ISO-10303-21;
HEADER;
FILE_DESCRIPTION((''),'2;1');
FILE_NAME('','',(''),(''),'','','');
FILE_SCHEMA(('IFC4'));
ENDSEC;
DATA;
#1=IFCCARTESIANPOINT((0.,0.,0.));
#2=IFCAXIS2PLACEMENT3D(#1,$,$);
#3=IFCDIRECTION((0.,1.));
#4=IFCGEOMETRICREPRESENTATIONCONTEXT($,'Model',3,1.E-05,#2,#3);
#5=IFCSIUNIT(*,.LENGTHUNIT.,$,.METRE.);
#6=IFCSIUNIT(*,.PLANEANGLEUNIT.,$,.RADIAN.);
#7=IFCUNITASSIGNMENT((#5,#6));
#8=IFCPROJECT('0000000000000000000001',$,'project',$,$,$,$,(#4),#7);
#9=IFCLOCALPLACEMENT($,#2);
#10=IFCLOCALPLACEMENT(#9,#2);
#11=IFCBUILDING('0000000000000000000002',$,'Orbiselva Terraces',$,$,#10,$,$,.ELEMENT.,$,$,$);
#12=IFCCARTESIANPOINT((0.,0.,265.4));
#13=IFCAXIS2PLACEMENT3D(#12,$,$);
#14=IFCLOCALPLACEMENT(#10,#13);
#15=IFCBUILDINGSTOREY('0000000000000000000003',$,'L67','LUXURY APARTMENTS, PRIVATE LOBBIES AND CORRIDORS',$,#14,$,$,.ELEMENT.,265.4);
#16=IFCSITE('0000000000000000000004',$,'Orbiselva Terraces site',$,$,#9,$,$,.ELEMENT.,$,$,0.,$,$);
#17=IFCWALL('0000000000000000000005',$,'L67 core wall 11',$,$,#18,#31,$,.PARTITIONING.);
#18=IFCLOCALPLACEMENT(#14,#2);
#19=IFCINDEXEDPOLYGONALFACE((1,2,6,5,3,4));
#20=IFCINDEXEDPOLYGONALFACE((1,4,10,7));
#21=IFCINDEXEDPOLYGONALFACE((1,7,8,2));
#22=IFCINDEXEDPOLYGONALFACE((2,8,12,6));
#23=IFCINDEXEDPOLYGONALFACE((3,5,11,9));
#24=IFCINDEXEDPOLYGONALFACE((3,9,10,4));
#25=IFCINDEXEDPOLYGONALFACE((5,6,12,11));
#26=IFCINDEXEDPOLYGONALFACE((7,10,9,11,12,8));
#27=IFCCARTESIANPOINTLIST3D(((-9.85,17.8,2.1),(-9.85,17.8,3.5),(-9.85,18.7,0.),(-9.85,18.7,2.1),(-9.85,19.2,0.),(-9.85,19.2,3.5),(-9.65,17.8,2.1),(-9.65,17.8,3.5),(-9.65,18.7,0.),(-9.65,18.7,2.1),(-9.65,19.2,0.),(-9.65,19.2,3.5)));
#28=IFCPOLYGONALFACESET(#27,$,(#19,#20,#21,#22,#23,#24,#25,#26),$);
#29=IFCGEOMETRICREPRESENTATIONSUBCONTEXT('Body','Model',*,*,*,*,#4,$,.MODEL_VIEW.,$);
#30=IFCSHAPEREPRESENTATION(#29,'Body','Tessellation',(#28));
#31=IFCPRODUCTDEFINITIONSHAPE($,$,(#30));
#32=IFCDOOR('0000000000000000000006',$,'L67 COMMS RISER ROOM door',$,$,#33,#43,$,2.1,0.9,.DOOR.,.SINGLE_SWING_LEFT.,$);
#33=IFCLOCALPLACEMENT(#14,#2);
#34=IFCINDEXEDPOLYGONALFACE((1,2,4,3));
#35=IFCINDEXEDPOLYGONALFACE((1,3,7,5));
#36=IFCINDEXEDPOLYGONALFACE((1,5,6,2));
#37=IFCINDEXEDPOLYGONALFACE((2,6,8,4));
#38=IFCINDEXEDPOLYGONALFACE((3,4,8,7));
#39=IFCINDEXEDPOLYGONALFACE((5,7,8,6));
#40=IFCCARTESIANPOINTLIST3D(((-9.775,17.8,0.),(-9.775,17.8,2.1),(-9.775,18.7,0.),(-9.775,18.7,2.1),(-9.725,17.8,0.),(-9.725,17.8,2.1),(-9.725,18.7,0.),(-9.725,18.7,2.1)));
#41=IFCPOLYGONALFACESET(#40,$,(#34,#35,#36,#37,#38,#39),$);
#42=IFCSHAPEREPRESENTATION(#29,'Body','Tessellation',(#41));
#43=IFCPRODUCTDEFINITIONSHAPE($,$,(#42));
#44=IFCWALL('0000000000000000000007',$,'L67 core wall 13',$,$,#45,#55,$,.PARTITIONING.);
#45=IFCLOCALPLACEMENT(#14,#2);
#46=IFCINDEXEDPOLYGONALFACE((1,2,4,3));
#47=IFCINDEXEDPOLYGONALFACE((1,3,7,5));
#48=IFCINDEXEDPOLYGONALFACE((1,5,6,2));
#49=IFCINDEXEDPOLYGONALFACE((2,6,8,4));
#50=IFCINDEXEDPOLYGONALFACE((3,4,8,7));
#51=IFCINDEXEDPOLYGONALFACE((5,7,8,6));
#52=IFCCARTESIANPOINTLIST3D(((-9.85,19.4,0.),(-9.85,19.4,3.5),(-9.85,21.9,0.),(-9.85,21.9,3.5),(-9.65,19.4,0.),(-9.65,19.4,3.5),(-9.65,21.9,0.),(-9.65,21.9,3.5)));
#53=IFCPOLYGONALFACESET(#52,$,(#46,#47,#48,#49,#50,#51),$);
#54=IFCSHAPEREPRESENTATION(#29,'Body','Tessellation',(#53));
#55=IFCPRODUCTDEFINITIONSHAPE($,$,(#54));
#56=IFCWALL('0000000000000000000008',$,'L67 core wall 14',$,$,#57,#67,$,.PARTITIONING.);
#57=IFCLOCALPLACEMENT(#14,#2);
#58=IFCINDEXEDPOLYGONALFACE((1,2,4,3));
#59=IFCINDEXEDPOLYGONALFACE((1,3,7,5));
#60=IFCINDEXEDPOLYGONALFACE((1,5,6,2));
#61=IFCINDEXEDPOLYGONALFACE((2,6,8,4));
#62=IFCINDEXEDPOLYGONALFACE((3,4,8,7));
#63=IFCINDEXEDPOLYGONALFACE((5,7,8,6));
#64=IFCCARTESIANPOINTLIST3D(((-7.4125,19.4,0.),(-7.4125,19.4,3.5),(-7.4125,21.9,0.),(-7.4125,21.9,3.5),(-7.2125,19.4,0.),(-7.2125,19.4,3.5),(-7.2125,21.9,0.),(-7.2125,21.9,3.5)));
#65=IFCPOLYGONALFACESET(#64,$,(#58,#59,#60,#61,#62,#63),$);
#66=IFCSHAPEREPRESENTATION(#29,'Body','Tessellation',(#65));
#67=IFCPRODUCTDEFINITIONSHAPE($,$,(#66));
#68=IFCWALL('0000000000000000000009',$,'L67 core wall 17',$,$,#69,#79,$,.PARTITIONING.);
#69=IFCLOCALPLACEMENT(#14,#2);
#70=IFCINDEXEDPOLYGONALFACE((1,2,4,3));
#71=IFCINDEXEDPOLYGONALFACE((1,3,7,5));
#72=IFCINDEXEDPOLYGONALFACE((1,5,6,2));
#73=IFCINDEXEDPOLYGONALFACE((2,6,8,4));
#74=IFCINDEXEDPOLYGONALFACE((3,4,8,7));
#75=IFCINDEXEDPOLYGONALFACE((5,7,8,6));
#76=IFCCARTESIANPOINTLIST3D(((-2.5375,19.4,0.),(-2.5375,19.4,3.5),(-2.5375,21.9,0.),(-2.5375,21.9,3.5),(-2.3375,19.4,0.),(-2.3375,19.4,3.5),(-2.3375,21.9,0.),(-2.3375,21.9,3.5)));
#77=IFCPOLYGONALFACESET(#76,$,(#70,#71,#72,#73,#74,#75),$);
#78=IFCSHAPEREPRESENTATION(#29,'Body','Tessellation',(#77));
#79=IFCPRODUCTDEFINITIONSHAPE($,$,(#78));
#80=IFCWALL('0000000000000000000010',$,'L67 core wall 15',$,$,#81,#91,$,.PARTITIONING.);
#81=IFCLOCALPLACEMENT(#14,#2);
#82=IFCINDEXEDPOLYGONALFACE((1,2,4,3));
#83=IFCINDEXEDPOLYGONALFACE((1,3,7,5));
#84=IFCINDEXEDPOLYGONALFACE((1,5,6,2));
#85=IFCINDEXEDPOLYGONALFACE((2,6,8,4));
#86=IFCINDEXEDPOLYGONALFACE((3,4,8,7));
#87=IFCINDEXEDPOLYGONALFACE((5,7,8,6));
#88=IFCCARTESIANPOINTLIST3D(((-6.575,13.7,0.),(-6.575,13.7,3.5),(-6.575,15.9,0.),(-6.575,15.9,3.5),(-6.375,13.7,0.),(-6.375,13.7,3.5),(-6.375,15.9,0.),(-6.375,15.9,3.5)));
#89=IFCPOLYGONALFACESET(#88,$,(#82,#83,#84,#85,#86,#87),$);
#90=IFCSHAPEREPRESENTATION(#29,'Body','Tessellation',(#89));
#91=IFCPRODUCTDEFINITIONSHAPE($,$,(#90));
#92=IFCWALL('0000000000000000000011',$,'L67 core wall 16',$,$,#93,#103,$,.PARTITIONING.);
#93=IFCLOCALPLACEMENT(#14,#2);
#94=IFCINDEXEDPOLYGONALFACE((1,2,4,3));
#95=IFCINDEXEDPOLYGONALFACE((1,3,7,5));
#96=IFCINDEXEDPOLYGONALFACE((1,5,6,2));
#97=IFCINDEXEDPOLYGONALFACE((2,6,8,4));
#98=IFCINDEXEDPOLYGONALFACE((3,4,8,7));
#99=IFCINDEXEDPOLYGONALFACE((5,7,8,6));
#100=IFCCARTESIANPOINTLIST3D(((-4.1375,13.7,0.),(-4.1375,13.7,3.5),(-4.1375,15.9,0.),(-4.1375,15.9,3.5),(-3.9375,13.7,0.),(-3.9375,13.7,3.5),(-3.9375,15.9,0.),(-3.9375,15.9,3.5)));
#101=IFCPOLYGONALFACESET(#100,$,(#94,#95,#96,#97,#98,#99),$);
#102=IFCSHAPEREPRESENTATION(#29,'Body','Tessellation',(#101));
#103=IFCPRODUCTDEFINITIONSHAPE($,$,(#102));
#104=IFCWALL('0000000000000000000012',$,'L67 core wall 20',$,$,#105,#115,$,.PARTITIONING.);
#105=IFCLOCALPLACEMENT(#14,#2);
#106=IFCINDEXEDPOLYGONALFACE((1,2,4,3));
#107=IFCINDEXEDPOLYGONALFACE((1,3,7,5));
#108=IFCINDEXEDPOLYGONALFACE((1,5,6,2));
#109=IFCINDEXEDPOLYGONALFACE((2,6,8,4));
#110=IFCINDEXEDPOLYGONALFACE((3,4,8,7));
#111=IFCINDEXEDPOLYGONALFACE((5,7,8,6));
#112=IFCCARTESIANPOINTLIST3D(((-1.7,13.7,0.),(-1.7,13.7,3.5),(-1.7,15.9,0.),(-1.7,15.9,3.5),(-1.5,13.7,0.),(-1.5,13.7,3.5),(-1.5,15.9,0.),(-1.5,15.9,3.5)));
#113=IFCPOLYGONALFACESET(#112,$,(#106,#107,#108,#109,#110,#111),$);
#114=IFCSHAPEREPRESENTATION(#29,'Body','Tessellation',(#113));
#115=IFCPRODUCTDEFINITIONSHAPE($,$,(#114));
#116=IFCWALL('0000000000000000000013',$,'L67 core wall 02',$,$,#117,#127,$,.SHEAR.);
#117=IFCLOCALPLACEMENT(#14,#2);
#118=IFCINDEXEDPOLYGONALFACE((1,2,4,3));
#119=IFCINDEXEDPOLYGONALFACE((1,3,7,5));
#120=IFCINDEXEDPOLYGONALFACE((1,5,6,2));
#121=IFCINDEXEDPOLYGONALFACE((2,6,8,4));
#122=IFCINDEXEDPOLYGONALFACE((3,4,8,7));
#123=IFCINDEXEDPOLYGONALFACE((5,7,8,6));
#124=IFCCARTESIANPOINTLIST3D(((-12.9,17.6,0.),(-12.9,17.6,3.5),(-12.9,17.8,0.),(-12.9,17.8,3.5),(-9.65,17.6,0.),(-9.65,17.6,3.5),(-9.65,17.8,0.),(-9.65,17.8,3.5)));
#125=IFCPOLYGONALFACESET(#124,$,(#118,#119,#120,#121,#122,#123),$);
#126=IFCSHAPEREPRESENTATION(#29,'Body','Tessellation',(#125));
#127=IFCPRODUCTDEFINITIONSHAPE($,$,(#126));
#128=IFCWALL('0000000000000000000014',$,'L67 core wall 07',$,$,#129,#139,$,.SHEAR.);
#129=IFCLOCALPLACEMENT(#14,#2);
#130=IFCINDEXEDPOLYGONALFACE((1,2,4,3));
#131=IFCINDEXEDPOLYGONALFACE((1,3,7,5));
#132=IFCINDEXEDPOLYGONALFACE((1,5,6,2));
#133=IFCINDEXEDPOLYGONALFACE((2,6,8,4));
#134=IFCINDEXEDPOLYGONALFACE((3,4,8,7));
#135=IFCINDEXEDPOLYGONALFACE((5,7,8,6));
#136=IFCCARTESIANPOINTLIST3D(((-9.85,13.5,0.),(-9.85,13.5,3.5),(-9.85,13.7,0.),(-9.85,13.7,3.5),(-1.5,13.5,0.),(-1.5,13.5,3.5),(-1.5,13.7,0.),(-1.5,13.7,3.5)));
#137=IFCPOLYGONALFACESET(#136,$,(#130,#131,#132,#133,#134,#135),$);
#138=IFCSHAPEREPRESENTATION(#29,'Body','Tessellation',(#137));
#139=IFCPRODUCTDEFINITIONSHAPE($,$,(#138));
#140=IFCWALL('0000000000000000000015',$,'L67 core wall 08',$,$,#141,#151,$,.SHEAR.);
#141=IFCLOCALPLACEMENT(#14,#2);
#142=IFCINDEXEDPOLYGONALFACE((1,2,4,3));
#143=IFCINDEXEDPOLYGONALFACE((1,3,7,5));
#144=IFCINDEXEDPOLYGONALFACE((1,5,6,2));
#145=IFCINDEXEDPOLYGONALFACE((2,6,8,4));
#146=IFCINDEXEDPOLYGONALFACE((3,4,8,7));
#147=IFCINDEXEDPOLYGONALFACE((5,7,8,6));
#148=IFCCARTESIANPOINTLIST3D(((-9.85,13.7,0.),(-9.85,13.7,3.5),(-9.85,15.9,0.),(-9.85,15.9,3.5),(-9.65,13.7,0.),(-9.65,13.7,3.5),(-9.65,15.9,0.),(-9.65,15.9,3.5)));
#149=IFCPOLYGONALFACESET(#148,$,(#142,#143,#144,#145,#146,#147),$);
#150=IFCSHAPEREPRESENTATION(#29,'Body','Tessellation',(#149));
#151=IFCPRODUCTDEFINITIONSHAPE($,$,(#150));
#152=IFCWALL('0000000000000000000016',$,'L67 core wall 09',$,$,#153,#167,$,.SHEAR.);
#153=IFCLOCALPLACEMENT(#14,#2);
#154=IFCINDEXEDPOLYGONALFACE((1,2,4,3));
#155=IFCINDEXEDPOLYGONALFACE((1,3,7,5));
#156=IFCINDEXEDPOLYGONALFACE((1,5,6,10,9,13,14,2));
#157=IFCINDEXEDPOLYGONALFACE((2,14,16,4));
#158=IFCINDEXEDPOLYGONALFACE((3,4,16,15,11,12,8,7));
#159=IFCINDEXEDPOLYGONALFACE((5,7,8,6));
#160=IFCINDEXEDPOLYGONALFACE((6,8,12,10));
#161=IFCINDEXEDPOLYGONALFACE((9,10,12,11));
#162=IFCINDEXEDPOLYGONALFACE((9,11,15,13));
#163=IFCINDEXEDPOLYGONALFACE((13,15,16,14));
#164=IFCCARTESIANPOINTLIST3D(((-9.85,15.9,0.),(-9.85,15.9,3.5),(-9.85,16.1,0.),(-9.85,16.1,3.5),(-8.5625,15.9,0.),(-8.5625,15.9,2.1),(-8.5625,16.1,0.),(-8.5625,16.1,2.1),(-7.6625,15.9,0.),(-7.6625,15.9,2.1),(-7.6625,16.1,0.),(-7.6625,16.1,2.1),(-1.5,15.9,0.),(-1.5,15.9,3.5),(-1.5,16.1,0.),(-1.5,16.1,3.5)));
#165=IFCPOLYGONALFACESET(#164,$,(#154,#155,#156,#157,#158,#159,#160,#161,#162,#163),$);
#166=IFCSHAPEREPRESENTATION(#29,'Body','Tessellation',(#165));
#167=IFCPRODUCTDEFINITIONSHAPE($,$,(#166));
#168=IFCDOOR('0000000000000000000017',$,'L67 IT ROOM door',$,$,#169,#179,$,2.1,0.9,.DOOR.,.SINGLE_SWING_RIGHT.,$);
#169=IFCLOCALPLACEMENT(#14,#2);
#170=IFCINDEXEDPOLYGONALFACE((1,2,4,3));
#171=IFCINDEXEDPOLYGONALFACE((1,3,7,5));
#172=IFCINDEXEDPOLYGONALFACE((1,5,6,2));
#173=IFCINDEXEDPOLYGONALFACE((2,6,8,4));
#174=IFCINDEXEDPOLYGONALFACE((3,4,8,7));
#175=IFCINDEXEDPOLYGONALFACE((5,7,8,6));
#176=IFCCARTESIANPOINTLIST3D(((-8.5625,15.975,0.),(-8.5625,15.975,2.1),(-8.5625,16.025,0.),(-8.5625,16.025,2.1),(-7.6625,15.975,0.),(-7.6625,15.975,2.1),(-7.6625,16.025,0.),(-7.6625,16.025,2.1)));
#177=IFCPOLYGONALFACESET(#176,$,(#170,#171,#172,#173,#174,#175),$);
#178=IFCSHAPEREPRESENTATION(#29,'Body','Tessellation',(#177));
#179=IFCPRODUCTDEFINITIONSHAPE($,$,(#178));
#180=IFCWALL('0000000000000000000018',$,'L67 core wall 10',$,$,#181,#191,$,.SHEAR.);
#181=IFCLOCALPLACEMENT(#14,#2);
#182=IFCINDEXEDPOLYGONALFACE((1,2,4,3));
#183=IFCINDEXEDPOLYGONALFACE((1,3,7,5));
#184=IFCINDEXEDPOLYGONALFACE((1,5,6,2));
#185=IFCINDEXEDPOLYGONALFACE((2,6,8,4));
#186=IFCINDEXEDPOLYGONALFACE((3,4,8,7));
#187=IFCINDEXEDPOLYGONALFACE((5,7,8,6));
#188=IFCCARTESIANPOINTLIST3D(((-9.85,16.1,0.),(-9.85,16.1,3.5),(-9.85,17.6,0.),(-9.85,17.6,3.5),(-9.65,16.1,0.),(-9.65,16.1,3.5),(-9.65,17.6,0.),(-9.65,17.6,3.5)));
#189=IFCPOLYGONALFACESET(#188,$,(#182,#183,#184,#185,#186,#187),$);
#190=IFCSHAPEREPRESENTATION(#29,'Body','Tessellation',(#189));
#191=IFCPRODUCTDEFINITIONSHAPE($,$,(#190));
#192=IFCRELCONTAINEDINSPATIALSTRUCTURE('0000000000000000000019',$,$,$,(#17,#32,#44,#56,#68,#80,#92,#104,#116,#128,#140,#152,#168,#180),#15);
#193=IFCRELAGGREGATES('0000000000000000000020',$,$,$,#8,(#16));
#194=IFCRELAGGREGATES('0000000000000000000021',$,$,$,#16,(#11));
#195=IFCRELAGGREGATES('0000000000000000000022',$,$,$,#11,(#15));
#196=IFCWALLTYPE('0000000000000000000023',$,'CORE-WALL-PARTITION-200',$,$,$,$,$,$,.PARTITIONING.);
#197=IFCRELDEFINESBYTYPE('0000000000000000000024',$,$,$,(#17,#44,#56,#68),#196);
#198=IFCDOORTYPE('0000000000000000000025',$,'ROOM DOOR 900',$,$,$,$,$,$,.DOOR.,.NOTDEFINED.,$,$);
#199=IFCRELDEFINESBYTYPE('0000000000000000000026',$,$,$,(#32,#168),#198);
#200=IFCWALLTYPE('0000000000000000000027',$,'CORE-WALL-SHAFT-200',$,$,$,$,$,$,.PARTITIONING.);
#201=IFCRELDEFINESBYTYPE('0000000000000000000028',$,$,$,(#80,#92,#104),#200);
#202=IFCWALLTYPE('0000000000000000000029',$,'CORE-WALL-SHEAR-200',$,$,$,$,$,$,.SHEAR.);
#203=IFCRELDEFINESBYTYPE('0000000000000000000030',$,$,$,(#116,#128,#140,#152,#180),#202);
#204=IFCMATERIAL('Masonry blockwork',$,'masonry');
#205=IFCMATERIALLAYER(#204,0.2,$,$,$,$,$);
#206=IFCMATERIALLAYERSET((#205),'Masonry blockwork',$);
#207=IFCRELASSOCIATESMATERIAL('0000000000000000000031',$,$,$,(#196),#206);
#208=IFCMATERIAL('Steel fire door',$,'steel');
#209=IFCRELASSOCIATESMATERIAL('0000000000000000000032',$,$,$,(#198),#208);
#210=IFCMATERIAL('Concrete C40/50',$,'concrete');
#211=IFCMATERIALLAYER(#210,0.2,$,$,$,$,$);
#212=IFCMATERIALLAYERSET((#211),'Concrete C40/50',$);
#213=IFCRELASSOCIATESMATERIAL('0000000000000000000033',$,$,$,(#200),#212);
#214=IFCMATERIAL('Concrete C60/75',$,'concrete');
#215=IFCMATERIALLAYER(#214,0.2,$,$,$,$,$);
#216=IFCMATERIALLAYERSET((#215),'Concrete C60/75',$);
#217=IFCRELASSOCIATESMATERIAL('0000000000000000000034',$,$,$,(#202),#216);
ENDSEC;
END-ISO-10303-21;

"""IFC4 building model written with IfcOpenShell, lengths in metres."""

from ifc_helpers import new_model, si_unit, direction, frame, frame_2d, origin, place, context, subcontext, project, spatial, rectangle, extrude, material, layer, layer_set, type_object, element, fill, save


model = new_model("IFC4")

# Units and contexts
model_context = context("Model", 3, precision=1e-05, world=origin(), true_north=direction((0.0, 1.0)))
body_context = subcontext(model_context, "Body", "Model", "MODEL_VIEW")
ifc_project = project(units=[si_unit("LENGTHUNIT", "METRE"), si_unit("PLANEANGLEUNIT", "RADIAN")], contexts=[model_context])

# Site, building, storey
site_placement = place(None, origin())
site = spatial("IfcSite", under=ifc_project, at=site_placement, Name="Orbiselva Terraces site", CompositionType="ELEMENT", RefElevation=0.0)
building_placement = place(site_placement, origin())
building = spatial("IfcBuilding", under=site, at=building_placement, Name="Orbiselva Terraces", CompositionType="ELEMENT")
storey_placement = place(building_placement, frame((0.0, 0.0, 265.4)))
storey = spatial("IfcBuildingStorey", under=building, at=storey_placement, Name="L67", Description="LUXURY APARTMENTS, PRIVATE LOBBIES AND CORRIDORS", CompositionType="ELEMENT", Elevation=265.4)

# Wall, opening, door
ifc_material_1 = material(Name="Masonry blockwork", Category="masonry")
ifc_layer_1 = layer(ifc_material_1, 0.2)
ifc_layer_set_1 = layer_set([ifc_layer_1], Name="Masonry blockwork")
wall_type_1 = type_object("IfcWallType", Name="CORE-WALL-PARTITION-200", PredefinedType="PARTITIONING", material=ifc_layer_set_1)
wall_1_placement = place(storey_placement, frame((-9.75, 17.8, 0.0), z_axis=(0.0, 0.0, 1.0), x_axis=(0.0, 1.0, 0.0)))
wall_1 = element("IfcWall", 1, at=wall_1_placement, inside=storey, type_object=wall_type_1, Name="L67 core wall 11", PredefinedType="PARTITIONING", context=body_context, shape_type="SweptSolid", body=[
    extrude(rectangle(XDim=1.4, YDim=0.2, at=frame_2d((0.7, 0.0))), origin(), (0.0, 0.0, 1.0), 3.5),
])
opening_1_placement = place(wall_1_placement, origin())
opening_1 = element("IfcOpeningElement", 2, at=opening_1_placement, cuts=wall_1, PredefinedType="OPENING", context=body_context, shape_type="SweptSolid", body=[
    extrude(rectangle(XDim=0.9, YDim=2.1, at=frame_2d((0.45, 1.05))), frame((0.0, 0.11, 0.0), z_axis=(0.0, -1.0, 0.0), x_axis=(1.0, 0.0, 0.0)), (0.0, 0.0, 1.0), 0.22),
])
ifc_material_2 = material(Name="Steel fire door", Category="steel")
door_type_1 = type_object("IfcDoorType", Name="ROOM DOOR 900", OperationType="NOTDEFINED", PredefinedType="DOOR", material=ifc_material_2)
door_1_placement = place(opening_1_placement, origin())
door_1 = element("IfcDoor", 3, at=door_1_placement, inside=storey, type_object=door_type_1, Name="L67 COMMS RISER ROOM door", OperationType="SINGLE_SWING_LEFT", OverallHeight=2.1, OverallWidth=0.9, PredefinedType="DOOR", context=body_context, shape_type="SweptSolid", body=[
    extrude(rectangle(XDim=0.9, YDim=2.1, at=frame_2d((0.45, 1.05))), frame((0.0, 0.025, 0.0), z_axis=(0.0, -1.0, 0.0), x_axis=(1.0, 0.0, 0.0)), (0.0, 0.0, 1.0), 0.05),
])
fill(opening_1, door_1)

# Walls
for number, where, z_axis, x_axis, name in (
    (4, (-9.75, 19.4, 0.0), (0.0, 0.0, 1.0), (0.0, 1.0, 0.0), "L67 core wall 13"),
    (5, (-7.3125, 19.4, 0.0), (0.0, 0.0, 1.0), (0.0, 1.0, 0.0), "L67 core wall 14"),
    (6, (-2.4375, 19.4, 0.0), (0.0, 0.0, 1.0), (0.0, 1.0, 0.0), "L67 core wall 17"),
):
    element("IfcWall", number, at=place(storey_placement, frame(where, z_axis=z_axis, x_axis=x_axis)), inside=storey, type_object=wall_type_1, Name=name, PredefinedType="PARTITIONING", context=body_context, shape_type="SweptSolid", body=[
        extrude(rectangle(XDim=2.5, YDim=0.2, at=frame_2d((1.25, 0.0))), origin(), (0.0, 0.0, 1.0), 3.5),
    ])
ifc_material_3 = material(Name="Concrete C40/50", Category="concrete")
ifc_layer_2 = layer(ifc_material_3, 0.2)
ifc_layer_set_2 = layer_set([ifc_layer_2], Name="Concrete C40/50")
wall_type_2 = type_object("IfcWallType", Name="CORE-WALL-SHAFT-200", PredefinedType="PARTITIONING", material=ifc_layer_set_2)
for number, where, z_axis, x_axis, name in (
    (7, (-6.475, 13.7, 0.0), (0.0, 0.0, 1.0), (0.0, 1.0, 0.0), "L67 core wall 15"),
    (8, (-4.0375, 13.7, 0.0), (0.0, 0.0, 1.0), (0.0, 1.0, 0.0), "L67 core wall 16"),
    (9, (-1.6, 13.7, 0.0), (0.0, 0.0, 1.0), (0.0, 1.0, 0.0), "L67 core wall 20"),
):
    element("IfcWall", number, at=place(storey_placement, frame(where, z_axis=z_axis, x_axis=x_axis)), inside=storey, type_object=wall_type_2, Name=name, PredefinedType="PARTITIONING", context=body_context, shape_type="SweptSolid", body=[
        extrude(rectangle(XDim=2.2, YDim=0.2, at=frame_2d((1.1, 0.0))), origin(), (0.0, 0.0, 1.0), 3.5),
    ])
ifc_material_4 = material(Name="Concrete C60/75", Category="concrete")
ifc_layer_3 = layer(ifc_material_4, 0.2)
ifc_layer_set_3 = layer_set([ifc_layer_3], Name="Concrete C60/75")
wall_type_3 = type_object("IfcWallType", Name="CORE-WALL-SHEAR-200", PredefinedType="SHEAR", material=ifc_layer_set_3)
wall_2_placement = place(storey_placement, frame((-12.9, 17.7, 0.0), z_axis=(0.0, 0.0, 1.0), x_axis=(1.0, 0.0, 0.0)))
element("IfcWall", 10, at=wall_2_placement, inside=storey, type_object=wall_type_3, Name="L67 core wall 02", PredefinedType="SHEAR", context=body_context, shape_type="SweptSolid", body=[
    extrude(rectangle(XDim=3.25, YDim=0.2, at=frame_2d((1.625, 0.0))), origin(), (0.0, 0.0, 1.0), 3.5),
])
wall_3_placement = place(storey_placement, frame((-9.85, 13.6, 0.0), z_axis=(0.0, 0.0, 1.0), x_axis=(1.0, 0.0, 0.0)))
element("IfcWall", 11, at=wall_3_placement, inside=storey, type_object=wall_type_3, Name="L67 core wall 07", PredefinedType="SHEAR", context=body_context, shape_type="SweptSolid", body=[
    extrude(rectangle(XDim=8.35, YDim=0.2, at=frame_2d((4.175, 0.0))), origin(), (0.0, 0.0, 1.0), 3.5),
])
wall_4_placement = place(storey_placement, frame((-9.75, 13.7, 0.0), z_axis=(0.0, 0.0, 1.0), x_axis=(0.0, 1.0, 0.0)))
element("IfcWall", 12, at=wall_4_placement, inside=storey, type_object=wall_type_3, Name="L67 core wall 08", PredefinedType="SHEAR", context=body_context, shape_type="SweptSolid", body=[
    extrude(rectangle(XDim=2.2, YDim=0.2, at=frame_2d((1.1, 0.0))), origin(), (0.0, 0.0, 1.0), 3.5),
])

# Wall, opening, door
wall_5_placement = place(storey_placement, frame((-1.5, 16.0, 0.0), z_axis=(0.0, 0.0, 1.0), x_axis=(-1.0, 0.0, 0.0)))
wall_5 = element("IfcWall", 13, at=wall_5_placement, inside=storey, type_object=wall_type_3, Name="L67 core wall 09", PredefinedType="SHEAR", context=body_context, shape_type="SweptSolid", body=[
    extrude(rectangle(XDim=8.35, YDim=0.2, at=frame_2d((4.175, 0.0))), origin(), (0.0, 0.0, 1.0), 3.5),
])
opening_2_placement = place(wall_5_placement, frame((6.1625, 0.0, 0.0)))
opening_2 = element("IfcOpeningElement", 14, at=opening_2_placement, cuts=wall_5, PredefinedType="OPENING", context=body_context, shape_type="SweptSolid", body=[
    extrude(rectangle(XDim=0.9, YDim=2.1, at=frame_2d((0.45, 1.05))), frame((0.0, 0.11, 0.0), z_axis=(0.0, -1.0, 0.0), x_axis=(1.0, 0.0, 0.0)), (0.0, 0.0, 1.0), 0.22),
])
door_2_placement = place(opening_2_placement, origin())
door_2 = element("IfcDoor", 15, at=door_2_placement, inside=storey, type_object=door_type_1, Name="L67 IT ROOM door", OperationType="SINGLE_SWING_RIGHT", OverallHeight=2.1, OverallWidth=0.9, PredefinedType="DOOR", context=body_context, shape_type="SweptSolid", body=[
    extrude(rectangle(XDim=0.9, YDim=2.1, at=frame_2d((0.45, 1.05))), frame((0.0, 0.025, 0.0), z_axis=(0.0, -1.0, 0.0), x_axis=(1.0, 0.0, 0.0)), (0.0, 0.0, 1.0), 0.05),
])
fill(opening_2, door_2)

# Wall
wall_6_placement = place(storey_placement, frame((-9.75, 16.1, 0.0), z_axis=(0.0, 0.0, 1.0), x_axis=(0.0, 1.0, 0.0)))
element("IfcWall", 16, at=wall_6_placement, inside=storey, type_object=wall_type_3, Name="L67 core wall 10", PredefinedType="SHEAR", context=body_context, shape_type="SweptSolid", body=[
    extrude(rectangle(XDim=1.5, YDim=0.2, at=frame_2d((0.75, 0.0))), origin(), (0.0, 0.0, 1.0), 3.5),
])

save(model, "model.ifc")
